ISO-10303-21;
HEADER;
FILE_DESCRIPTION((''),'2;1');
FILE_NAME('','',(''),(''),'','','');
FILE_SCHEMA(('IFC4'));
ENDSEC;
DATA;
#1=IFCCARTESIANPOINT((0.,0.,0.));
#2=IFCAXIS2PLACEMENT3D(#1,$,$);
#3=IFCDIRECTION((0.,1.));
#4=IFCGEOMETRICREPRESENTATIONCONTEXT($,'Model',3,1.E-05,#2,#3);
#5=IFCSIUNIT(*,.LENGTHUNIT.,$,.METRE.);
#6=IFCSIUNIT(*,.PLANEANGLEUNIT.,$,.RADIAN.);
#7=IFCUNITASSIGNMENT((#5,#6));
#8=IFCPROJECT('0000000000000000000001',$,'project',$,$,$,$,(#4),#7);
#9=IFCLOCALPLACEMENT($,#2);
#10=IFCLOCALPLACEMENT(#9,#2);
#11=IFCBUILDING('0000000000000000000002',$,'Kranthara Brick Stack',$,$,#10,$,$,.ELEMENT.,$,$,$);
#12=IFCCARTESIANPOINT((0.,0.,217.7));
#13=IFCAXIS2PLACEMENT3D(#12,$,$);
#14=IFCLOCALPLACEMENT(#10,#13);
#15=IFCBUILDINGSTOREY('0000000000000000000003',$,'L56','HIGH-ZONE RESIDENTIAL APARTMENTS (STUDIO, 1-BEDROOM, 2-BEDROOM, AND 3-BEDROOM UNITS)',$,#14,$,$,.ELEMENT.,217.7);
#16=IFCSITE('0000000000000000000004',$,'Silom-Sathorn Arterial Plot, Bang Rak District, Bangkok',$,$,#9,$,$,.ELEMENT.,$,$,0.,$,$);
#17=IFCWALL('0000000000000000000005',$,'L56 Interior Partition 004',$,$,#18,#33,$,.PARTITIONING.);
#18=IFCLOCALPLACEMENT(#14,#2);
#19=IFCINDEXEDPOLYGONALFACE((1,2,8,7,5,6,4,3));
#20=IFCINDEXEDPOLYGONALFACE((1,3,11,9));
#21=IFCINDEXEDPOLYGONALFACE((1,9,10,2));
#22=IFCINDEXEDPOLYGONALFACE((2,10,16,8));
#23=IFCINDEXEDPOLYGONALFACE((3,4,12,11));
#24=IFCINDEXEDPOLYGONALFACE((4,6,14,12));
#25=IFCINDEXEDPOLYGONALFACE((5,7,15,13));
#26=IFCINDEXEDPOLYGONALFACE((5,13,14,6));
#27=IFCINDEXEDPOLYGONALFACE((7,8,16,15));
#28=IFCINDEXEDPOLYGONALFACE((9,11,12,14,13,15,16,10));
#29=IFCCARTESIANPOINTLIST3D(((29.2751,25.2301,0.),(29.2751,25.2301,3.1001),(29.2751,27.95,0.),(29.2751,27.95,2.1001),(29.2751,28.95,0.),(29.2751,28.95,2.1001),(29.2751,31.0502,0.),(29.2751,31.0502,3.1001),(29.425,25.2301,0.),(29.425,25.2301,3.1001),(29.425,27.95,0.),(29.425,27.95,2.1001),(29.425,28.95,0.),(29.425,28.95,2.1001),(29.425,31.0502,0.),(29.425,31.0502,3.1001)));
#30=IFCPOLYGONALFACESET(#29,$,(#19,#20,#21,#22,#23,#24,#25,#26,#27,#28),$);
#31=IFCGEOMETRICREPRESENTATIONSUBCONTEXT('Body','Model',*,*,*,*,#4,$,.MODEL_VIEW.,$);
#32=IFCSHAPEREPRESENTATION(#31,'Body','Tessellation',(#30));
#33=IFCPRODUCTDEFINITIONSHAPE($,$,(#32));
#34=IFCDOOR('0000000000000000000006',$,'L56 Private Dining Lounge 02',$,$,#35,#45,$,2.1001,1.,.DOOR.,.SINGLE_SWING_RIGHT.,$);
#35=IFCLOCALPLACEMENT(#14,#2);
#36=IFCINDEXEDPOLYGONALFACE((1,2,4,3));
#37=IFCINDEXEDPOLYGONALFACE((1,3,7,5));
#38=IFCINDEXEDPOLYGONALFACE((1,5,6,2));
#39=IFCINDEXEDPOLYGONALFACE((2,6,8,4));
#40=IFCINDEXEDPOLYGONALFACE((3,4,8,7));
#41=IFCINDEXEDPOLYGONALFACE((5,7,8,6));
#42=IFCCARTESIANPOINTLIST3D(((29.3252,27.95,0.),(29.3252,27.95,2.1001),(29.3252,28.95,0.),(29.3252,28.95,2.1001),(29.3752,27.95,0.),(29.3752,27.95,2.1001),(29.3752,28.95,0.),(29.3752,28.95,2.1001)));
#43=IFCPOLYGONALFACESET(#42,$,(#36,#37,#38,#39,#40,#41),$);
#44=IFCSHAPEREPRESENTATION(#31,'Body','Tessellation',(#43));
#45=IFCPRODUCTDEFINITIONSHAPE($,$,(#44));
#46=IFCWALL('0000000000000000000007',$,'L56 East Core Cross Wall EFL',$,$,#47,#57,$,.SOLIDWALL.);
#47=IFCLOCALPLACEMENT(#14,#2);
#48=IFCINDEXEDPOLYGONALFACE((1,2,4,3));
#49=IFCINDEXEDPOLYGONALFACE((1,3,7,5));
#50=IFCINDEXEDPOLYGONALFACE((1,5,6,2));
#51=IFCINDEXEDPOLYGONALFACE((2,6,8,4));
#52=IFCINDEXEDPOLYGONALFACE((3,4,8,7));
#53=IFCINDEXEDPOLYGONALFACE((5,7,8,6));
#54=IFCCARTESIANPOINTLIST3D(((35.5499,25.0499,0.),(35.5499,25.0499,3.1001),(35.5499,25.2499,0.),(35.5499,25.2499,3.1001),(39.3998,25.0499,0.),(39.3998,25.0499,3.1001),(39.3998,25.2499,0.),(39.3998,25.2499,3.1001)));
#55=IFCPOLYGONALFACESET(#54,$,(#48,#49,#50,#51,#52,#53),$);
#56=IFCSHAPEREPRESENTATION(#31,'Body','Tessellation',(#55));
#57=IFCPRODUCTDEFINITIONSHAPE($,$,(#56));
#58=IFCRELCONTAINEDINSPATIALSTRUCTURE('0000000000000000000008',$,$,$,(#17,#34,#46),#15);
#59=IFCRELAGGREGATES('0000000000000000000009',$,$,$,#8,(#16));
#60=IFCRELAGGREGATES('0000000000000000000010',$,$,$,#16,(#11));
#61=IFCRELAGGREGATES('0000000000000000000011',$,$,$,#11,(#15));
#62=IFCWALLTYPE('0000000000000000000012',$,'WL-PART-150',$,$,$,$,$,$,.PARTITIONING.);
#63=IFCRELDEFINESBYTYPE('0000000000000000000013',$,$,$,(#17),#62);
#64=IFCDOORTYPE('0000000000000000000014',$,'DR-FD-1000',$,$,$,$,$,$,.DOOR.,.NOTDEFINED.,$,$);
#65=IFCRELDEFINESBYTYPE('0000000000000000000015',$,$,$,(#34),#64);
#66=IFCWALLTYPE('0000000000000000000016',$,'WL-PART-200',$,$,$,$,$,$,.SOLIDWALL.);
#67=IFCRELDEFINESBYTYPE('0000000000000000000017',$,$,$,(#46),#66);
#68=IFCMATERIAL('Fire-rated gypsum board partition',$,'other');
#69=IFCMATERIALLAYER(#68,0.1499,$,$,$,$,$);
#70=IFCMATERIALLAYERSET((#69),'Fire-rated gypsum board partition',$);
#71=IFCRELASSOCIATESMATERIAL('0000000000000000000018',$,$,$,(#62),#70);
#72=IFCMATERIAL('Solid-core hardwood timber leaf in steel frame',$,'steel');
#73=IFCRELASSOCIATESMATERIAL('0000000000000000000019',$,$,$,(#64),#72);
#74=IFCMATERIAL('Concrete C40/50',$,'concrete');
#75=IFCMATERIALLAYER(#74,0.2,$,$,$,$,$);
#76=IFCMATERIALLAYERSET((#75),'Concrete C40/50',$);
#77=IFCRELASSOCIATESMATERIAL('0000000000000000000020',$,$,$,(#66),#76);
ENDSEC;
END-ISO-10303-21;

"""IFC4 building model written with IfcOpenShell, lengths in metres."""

from ifc_helpers import new_model, si_unit, direction, frame, frame_2d, origin, place, context, subcontext, project, spatial, rectangle, extrude, material, layer, layer_set, type_object, element, fill, save


model = new_model("IFC4")

# Units and contexts
model_context = context("Model", 3, precision=1e-05, world=origin(), true_north=direction((0.0, 1.0)))
body_context = subcontext(model_context, "Body", "Model", "MODEL_VIEW")
ifc_project = project(units=[si_unit("LENGTHUNIT", "METRE"), si_unit("PLANEANGLEUNIT", "RADIAN")], contexts=[model_context])

# Site, building, storey
site_placement = place(None, origin())
site = spatial("IfcSite", under=ifc_project, at=site_placement, Name="Silom-Sathorn Arterial Plot, Bang Rak District, Bangkok", CompositionType="ELEMENT", RefElevation=0.0)
building_placement = place(site_placement, origin())
building = spatial("IfcBuilding", under=site, at=building_placement, Name="Kranthara Brick Stack", CompositionType="ELEMENT")
storey_placement = place(building_placement, frame((0.0, 0.0, 217.7)))
storey = spatial("IfcBuildingStorey", under=building, at=storey_placement, Name="L56", Description="HIGH-ZONE RESIDENTIAL APARTMENTS (STUDIO, 1-BEDROOM, 2-BEDROOM, AND 3-BEDROOM UNITS)", CompositionType="ELEMENT", Elevation=217.7)

# Shared definitions
ifc_material_1 = material(Name="Fire-rated gypsum board partition", Category="other")
ifc_layer_1 = layer(ifc_material_1, 0.1499)
ifc_layer_set_1 = layer_set([ifc_layer_1], Name="Fire-rated gypsum board partition")
wall_type_1 = type_object("IfcWallType", Name="WL-PART-150", PredefinedType="PARTITIONING", material=ifc_layer_set_1)

# Wall, opening, door
ifc_material_2 = material(Name="Solid-core hardwood timber leaf in steel frame", Category="steel")
door_type_1 = type_object("IfcDoorType", Name="DR-FD-1000", OperationType="NOTDEFINED", PredefinedType="DOOR", material=ifc_material_2)
wall_1_placement = place(storey_placement, frame((29.3501, 25.23, 0.0), z_axis=(0.0, 0.0, 1.0), x_axis=(0.0, 1.0, 0.0)))
wall_1 = element("IfcWall", 1, at=wall_1_placement, inside=storey, type_object=wall_type_1, Name="L56 Interior Partition 004", PredefinedType="PARTITIONING", context=body_context, shape_type="SweptSolid", body=[
    extrude(rectangle(XDim=5.8201, YDim=0.1499, at=frame_2d((2.9102, 0.0))), origin(), (0.0, 0.0, 1.0), 3.1001),
])
opening_1_placement = place(wall_1_placement, frame((2.72, 0.0, 0.0)))
opening_1 = element("IfcOpeningElement", 2, at=opening_1_placement, cuts=wall_1, PredefinedType="OPENING", context=body_context, shape_type="SweptSolid", body=[
    extrude(rectangle(XDim=1.0, YDim=2.1001, at=frame_2d((0.5, 1.05))), frame((0.0, 0.085, 0.0), z_axis=(0.0, -1.0, 0.0), x_axis=(1.0, 0.0, 0.0)), (0.0, 0.0, 1.0), 0.1699),
])
door_1_placement = place(opening_1_placement, origin())
door_1 = element("IfcDoor", 3, at=door_1_placement, inside=storey, type_object=door_type_1, Name="L56 Private Dining Lounge 02", OperationType="SINGLE_SWING_RIGHT", OverallHeight=2.1001, OverallWidth=1.0, PredefinedType="DOOR", context=body_context, shape_type="SweptSolid", body=[
    extrude(rectangle(XDim=1.0, YDim=2.1001, at=frame_2d((0.5, 1.05))), frame((0.0, 0.0249, 0.0), z_axis=(0.0, -1.0, 0.0), x_axis=(1.0, 0.0, 0.0)), (0.0, 0.0, 1.0), 0.05),
])
fill(opening_1, door_1)

# Wall
ifc_material_3 = material(Name="Concrete C40/50", Category="concrete")
ifc_layer_2 = layer(ifc_material_3, 0.2)
ifc_layer_set_2 = layer_set([ifc_layer_2], Name="Concrete C40/50")
wall_type_2 = type_object("IfcWallType", Name="WL-PART-200", PredefinedType="SOLIDWALL", material=ifc_layer_set_2)
wall_2_placement = place(storey_placement, frame((35.55, 25.1499, 0.0), z_axis=(0.0, 0.0, 1.0), x_axis=(1.0, 0.0, 0.0)))
element("IfcWall", 4, at=wall_2_placement, inside=storey, type_object=wall_type_2, Name="L56 East Core Cross Wall EFL", PredefinedType="SOLIDWALL", context=body_context, shape_type="SweptSolid", body=[
    extrude(rectangle(XDim=3.8499, YDim=0.2, at=frame_2d((1.9248, 0.0))), origin(), (0.0, 0.0, 1.0), 3.1001),
])

save(model, "model.ifc")
